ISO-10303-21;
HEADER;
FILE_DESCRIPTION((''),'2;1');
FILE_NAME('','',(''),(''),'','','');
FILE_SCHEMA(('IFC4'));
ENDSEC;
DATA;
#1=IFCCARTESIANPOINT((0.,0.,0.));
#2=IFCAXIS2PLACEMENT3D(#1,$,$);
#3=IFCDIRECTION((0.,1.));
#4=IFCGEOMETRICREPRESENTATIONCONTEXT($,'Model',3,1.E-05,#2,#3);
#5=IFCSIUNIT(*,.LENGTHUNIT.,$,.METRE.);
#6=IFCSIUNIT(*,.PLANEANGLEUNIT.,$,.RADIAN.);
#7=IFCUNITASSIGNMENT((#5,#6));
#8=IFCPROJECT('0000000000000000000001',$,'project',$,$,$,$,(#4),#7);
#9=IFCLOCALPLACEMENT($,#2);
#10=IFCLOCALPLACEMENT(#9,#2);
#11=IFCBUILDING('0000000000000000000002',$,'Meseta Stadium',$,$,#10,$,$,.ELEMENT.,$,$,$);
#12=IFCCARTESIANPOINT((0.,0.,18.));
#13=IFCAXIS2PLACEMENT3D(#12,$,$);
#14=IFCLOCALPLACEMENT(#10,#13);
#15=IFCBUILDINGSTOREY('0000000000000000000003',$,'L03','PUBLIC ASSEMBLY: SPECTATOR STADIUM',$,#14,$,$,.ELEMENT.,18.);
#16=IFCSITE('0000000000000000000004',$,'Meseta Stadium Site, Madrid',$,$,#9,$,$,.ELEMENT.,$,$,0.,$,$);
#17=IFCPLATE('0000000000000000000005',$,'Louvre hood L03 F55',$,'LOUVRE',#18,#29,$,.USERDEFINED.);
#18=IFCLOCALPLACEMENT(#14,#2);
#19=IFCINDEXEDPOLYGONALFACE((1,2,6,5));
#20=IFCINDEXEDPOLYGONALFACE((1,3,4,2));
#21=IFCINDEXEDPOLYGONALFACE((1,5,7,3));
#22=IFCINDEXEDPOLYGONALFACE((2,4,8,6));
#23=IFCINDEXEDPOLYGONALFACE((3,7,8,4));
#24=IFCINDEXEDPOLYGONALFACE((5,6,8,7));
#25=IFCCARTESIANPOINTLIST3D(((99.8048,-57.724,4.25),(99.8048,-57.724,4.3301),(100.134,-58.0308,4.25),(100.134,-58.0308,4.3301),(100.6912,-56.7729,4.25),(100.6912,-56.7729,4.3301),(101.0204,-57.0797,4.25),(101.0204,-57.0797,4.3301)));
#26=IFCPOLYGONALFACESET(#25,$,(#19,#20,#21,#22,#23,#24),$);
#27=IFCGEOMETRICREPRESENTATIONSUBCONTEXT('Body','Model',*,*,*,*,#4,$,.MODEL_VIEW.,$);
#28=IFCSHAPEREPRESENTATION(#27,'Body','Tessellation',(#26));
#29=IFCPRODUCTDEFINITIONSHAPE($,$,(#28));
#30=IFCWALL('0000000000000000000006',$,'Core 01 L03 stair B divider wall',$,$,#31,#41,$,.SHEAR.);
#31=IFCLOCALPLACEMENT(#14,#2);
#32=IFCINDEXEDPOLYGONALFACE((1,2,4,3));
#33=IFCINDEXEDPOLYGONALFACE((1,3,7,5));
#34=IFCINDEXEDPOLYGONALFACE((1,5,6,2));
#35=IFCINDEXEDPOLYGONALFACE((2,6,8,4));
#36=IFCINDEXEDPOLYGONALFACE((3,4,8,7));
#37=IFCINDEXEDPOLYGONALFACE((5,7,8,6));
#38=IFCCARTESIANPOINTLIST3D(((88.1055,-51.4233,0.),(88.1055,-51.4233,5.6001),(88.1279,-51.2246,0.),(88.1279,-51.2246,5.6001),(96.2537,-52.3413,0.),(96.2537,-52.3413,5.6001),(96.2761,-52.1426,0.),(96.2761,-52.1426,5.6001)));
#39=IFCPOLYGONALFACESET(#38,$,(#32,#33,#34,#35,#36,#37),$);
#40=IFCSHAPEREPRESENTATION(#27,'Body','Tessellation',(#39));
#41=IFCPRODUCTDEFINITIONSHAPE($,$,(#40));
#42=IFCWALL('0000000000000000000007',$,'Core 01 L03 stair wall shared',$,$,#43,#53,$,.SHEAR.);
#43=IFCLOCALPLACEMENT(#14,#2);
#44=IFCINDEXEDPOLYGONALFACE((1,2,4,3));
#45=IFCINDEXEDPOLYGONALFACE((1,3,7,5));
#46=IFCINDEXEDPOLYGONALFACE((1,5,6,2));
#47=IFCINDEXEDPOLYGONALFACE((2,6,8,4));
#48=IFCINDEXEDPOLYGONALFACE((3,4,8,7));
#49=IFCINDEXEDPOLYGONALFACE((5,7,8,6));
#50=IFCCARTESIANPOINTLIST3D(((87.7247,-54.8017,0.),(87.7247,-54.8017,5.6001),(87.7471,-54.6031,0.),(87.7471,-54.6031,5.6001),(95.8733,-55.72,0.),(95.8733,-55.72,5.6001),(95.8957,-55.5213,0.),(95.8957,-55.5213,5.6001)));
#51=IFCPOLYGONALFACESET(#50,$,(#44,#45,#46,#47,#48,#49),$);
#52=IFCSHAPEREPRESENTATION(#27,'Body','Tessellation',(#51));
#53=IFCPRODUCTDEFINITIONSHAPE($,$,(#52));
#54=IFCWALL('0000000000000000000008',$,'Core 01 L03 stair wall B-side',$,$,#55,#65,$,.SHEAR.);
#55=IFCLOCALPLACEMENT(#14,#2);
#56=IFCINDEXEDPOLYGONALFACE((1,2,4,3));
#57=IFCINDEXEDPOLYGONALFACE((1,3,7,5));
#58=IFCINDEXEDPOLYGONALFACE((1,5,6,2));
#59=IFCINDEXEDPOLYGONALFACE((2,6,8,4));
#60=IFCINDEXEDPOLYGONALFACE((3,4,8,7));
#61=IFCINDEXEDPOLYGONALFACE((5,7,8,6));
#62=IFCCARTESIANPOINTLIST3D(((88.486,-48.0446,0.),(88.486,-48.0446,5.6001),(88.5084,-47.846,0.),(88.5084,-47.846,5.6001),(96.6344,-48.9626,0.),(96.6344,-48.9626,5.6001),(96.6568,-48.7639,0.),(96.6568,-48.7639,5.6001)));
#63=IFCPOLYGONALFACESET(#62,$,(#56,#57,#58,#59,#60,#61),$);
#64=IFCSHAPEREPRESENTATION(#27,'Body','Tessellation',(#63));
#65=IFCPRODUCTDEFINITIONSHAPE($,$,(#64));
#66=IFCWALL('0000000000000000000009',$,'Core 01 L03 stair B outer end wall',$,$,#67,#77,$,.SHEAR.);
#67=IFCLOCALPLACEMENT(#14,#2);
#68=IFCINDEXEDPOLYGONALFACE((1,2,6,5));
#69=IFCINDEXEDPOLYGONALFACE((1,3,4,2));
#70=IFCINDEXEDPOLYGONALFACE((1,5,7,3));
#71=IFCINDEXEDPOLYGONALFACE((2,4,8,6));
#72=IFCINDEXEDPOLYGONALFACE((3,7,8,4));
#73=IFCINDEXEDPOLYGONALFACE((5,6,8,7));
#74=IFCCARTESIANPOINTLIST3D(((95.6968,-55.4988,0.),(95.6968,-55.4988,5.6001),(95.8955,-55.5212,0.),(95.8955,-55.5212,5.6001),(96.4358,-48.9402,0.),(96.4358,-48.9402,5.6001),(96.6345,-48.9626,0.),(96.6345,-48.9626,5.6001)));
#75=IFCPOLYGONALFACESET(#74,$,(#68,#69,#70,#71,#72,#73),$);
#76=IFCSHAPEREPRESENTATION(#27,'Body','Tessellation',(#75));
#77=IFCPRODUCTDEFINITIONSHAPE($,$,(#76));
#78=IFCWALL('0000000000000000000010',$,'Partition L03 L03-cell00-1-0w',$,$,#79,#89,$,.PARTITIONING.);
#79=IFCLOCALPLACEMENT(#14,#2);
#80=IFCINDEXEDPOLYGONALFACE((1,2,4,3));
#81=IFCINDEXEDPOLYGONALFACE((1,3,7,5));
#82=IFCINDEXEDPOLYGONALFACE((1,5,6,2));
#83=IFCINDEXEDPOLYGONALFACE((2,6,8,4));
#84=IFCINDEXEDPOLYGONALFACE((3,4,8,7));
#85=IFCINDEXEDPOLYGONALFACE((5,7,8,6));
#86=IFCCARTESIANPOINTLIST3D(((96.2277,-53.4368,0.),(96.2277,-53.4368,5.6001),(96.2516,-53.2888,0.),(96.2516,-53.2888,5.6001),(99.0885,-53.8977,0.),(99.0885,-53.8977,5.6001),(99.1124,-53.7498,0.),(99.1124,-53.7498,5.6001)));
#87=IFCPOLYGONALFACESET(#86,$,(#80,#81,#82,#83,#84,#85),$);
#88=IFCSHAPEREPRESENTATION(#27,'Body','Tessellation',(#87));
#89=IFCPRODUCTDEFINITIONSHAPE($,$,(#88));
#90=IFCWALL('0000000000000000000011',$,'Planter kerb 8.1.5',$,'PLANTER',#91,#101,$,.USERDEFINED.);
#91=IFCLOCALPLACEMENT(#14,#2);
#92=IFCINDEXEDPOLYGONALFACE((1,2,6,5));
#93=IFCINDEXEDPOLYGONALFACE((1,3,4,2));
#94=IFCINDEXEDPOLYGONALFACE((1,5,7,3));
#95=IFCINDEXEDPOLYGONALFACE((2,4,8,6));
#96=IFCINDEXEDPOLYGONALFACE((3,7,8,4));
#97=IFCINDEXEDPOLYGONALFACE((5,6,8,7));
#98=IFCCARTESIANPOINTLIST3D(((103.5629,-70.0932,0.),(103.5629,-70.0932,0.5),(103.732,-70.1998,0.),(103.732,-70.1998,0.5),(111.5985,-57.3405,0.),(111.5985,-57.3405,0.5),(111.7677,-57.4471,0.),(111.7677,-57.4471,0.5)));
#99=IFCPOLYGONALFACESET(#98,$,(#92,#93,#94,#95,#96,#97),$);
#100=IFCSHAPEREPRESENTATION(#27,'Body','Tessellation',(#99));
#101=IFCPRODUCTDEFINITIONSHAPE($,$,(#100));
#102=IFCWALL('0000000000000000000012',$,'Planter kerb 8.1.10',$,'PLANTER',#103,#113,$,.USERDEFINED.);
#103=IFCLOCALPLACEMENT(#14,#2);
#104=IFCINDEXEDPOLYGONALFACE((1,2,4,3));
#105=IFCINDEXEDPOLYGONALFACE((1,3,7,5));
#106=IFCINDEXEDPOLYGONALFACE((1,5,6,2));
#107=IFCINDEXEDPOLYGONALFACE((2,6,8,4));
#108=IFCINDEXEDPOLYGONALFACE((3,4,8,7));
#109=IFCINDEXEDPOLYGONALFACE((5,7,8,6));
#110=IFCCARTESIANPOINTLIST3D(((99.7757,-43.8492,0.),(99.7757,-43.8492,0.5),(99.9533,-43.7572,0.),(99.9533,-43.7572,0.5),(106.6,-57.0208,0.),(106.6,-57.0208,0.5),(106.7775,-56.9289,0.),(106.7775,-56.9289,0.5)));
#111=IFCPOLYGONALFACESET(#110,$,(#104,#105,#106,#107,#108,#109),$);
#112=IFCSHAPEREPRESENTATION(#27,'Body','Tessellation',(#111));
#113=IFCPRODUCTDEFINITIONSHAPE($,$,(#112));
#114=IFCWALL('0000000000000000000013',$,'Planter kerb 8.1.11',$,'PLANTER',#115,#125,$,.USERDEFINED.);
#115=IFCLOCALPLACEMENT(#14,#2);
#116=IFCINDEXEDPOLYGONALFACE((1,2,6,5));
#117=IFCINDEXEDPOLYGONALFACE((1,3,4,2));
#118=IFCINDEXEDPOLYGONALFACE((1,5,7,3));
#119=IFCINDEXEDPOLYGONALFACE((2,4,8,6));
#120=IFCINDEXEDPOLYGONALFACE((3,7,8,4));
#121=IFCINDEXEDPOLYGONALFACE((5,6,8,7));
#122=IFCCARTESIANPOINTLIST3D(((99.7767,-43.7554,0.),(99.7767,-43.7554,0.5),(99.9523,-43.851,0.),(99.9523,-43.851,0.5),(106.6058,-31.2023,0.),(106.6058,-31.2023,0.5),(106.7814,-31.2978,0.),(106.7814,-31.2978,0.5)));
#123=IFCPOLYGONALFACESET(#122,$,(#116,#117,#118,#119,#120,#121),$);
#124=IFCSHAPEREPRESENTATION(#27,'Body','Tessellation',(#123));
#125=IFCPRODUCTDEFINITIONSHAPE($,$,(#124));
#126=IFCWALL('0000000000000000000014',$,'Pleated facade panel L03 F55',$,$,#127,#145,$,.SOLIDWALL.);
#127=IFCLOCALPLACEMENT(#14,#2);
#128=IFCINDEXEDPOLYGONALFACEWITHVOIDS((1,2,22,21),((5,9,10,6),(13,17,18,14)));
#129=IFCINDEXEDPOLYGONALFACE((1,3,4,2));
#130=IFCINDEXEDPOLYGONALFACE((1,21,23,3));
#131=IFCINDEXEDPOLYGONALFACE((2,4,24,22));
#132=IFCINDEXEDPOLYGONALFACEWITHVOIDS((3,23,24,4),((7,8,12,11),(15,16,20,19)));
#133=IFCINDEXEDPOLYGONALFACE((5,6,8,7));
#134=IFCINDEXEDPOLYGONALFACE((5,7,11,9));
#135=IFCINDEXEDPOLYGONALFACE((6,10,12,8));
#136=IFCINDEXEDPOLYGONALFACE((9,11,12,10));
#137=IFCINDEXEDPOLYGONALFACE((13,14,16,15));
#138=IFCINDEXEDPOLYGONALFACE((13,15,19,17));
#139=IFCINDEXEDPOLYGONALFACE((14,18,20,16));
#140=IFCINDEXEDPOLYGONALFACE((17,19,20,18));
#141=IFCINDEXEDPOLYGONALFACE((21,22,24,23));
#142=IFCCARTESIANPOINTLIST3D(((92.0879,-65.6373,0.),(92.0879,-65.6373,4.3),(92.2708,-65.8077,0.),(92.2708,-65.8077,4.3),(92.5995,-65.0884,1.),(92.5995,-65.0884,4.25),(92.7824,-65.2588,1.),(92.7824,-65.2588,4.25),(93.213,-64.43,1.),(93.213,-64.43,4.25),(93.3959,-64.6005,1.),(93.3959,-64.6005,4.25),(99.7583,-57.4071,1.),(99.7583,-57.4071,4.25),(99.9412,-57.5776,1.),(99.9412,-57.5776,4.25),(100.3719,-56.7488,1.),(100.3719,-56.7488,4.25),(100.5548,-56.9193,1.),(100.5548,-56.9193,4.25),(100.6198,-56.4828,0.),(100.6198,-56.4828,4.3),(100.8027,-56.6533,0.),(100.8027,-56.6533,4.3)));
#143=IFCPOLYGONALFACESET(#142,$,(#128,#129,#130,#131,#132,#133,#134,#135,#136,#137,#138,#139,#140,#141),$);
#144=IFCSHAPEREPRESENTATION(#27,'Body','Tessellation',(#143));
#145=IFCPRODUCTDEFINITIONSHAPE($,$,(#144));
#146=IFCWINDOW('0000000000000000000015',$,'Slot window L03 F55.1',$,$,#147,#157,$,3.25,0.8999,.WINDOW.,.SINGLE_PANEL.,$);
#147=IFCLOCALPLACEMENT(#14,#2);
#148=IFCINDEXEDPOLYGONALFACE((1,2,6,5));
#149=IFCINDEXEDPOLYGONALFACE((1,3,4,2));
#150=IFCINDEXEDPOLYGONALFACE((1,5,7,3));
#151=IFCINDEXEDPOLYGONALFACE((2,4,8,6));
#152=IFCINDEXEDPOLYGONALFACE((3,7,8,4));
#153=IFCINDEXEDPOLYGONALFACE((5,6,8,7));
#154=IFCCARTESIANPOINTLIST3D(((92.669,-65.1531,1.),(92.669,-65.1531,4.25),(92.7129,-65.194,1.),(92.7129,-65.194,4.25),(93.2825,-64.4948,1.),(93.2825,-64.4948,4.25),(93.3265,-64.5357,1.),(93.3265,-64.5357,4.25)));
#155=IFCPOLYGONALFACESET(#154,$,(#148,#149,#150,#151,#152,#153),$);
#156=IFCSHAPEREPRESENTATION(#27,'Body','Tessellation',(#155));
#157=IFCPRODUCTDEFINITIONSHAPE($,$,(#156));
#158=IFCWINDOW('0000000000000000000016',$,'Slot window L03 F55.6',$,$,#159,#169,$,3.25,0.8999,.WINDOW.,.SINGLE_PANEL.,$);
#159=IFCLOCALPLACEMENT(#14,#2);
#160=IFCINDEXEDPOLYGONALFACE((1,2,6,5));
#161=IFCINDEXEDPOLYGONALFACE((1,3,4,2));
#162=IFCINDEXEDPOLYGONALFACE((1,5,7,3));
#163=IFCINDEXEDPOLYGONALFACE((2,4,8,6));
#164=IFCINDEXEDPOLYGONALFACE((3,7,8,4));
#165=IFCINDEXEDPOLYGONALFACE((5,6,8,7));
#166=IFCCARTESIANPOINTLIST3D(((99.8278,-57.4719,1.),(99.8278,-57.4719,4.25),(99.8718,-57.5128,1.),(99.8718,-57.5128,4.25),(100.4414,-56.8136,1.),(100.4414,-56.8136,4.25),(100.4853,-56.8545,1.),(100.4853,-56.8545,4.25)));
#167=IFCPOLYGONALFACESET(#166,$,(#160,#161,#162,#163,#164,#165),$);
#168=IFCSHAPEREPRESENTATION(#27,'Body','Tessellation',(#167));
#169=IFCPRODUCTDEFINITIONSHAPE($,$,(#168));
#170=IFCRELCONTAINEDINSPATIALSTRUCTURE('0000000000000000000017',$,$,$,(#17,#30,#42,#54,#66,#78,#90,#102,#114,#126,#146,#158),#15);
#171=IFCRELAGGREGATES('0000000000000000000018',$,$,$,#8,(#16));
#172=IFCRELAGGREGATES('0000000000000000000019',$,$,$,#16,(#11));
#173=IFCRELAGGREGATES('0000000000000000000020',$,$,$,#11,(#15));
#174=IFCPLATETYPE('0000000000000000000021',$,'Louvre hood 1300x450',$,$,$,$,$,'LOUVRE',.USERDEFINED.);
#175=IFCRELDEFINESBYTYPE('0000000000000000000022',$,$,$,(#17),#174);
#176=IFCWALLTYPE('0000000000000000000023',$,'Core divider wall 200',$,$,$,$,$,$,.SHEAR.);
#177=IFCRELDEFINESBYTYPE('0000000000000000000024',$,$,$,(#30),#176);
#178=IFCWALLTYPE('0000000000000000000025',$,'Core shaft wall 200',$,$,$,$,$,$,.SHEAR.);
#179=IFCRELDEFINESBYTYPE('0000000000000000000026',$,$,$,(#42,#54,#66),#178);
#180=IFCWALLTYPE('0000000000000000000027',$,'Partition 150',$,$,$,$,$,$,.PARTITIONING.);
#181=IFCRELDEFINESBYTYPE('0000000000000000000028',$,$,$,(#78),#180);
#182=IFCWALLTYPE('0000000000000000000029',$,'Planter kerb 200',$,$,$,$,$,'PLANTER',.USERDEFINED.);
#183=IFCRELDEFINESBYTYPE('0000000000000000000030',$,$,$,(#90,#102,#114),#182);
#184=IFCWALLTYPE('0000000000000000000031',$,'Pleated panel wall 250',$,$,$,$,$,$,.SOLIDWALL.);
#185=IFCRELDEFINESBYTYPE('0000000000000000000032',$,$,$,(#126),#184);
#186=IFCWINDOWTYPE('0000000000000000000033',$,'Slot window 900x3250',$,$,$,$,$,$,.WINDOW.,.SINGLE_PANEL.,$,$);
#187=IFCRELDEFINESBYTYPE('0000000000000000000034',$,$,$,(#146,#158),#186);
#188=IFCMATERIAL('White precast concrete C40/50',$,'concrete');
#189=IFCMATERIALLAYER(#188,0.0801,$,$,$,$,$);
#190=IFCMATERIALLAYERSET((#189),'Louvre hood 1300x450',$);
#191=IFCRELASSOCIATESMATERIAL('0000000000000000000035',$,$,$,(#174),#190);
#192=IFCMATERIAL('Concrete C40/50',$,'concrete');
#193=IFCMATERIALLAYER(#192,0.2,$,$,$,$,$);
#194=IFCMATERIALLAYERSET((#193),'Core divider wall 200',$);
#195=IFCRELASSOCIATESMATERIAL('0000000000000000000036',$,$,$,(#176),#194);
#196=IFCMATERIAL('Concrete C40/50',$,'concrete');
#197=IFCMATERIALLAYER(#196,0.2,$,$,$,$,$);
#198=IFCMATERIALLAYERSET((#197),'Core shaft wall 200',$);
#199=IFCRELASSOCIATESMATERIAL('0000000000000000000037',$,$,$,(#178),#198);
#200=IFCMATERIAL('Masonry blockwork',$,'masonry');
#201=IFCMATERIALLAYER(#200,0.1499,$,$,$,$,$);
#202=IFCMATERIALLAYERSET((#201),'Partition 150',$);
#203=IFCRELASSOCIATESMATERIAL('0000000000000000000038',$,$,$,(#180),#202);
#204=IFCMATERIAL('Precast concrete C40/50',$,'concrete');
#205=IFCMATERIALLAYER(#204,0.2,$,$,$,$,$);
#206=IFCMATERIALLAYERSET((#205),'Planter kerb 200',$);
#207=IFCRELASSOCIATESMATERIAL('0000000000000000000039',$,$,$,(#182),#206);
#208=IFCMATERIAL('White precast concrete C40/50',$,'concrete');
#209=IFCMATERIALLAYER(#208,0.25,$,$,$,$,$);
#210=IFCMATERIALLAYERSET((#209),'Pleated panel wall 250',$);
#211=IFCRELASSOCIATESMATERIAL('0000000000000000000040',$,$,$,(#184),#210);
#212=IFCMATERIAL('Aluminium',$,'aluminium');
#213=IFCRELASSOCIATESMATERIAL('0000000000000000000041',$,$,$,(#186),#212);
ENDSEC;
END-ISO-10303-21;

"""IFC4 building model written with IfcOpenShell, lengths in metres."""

from ifc_helpers import new_model, si_unit, direction, frame, frame_2d, origin, origin_2d, place, context, subcontext, project, spatial, rectangle, extrude, material, layer, layer_set, type_object, element, fill, save


model = new_model("IFC4")

# Units and contexts
model_context = context("Model", 3, precision=1e-05, world=origin(), true_north=direction((0.0, 1.0)))
body_context = subcontext(model_context, "Body", "Model", "MODEL_VIEW")
ifc_project = project(units=[si_unit("LENGTHUNIT", "METRE"), si_unit("PLANEANGLEUNIT", "RADIAN")], contexts=[model_context])

# Site, building, storey
site_placement = place(None, origin())
site = spatial("IfcSite", under=ifc_project, at=site_placement, Name="Meseta Stadium Site, Madrid", CompositionType="ELEMENT", RefElevation=0.0)
building_placement = place(site_placement, origin())
building = spatial("IfcBuilding", under=site, at=building_placement, Name="Meseta Stadium", CompositionType="ELEMENT")
storey_placement = place(building_placement, frame((0.0, 0.0, 18.0)))
storey = spatial("IfcBuildingStorey", under=building, at=storey_placement, Name="L03", Description="PUBLIC ASSEMBLY: SPECTATOR STADIUM", CompositionType="ELEMENT", Elevation=18.0)

# Plate
ifc_material_1 = material(Name="White precast concrete C40/50", Category="concrete")
ifc_layer_1 = layer(ifc_material_1, 0.0801)
ifc_layer_set_1 = layer_set([ifc_layer_1], Name="Louvre hood 1300x450")
plate_type = type_object("IfcPlateType", Name="Louvre hood 1300x450", ElementType="LOUVRE", PredefinedType="USERDEFINED", material=ifc_layer_set_1)
plate_placement = place(storey_placement, frame((100.4126, -57.4019, 4.25), z_axis=(0.0, 0.0, 1.0), x_axis=(0.681793, 0.731545, 0.0)))
element("IfcPlate", 1, at=plate_placement, inside=storey, type_object=plate_type, Name="Louvre hood L03 F55", ObjectType="LOUVRE", PredefinedType="USERDEFINED", context=body_context, shape_type="SweptSolid", body=[
    extrude(rectangle(XDim=1.3, YDim=0.45, at=origin_2d()), origin(), (0.0, 0.0, 1.0), 0.0801),
])

# Walls
ifc_material_2 = material(Name="Concrete C40/50", Category="concrete")
ifc_layer_2 = layer(ifc_material_2, 0.2)
ifc_layer_set_2 = layer_set([ifc_layer_2], Name="Core divider wall 200")
wall_type_1 = type_object("IfcWallType", Name="Core divider wall 200", PredefinedType="SHEAR", material=ifc_layer_set_2)
wall_1_placement = place(storey_placement, frame((96.2649, -52.2419, 0.0), z_axis=(0.0, 0.0, 1.0), x_axis=(-0.993714, 0.111951, 0.0)))
element("IfcWall", 2, at=wall_1_placement, inside=storey, type_object=wall_type_1, Name="Core 01 L03 stair B divider wall", PredefinedType="SHEAR", context=body_context, shape_type="SweptSolid", body=[
    extrude(rectangle(XDim=8.1997, YDim=0.2, at=frame_2d((4.0999, 0.0))), origin(), (0.0, 0.0, 1.0), 5.6001),
])
ifc_material_3 = material(Name="Concrete C40/50", Category="concrete")
ifc_layer_3 = layer(ifc_material_3, 0.2)
ifc_layer_set_3 = layer_set([ifc_layer_3], Name="Core shaft wall 200")
wall_type_2 = type_object("IfcWallType", Name="Core shaft wall 200", PredefinedType="SHEAR", material=ifc_layer_set_3)
wall_2_placement = place(storey_placement, frame((95.8845, -55.6206, 0.0), z_axis=(0.0, 0.0, 1.0), x_axis=(-0.993711, 0.111974, 0.0)))
element("IfcWall", 3, at=wall_2_placement, inside=storey, type_object=wall_type_2, Name="Core 01 L03 stair wall shared", PredefinedType="SHEAR", context=body_context, shape_type="SweptSolid", body=[
    extrude(rectangle(XDim=8.2002, YDim=0.2, at=frame_2d((4.1001, 0.0))), origin(), (0.0, 0.0, 1.0), 5.6001),
])
wall_3_placement = place(storey_placement, frame((96.6458, -48.8633, 0.0), z_axis=(0.0, 0.0, 1.0), x_axis=(-0.993714, 0.111948, 0.0)))
element("IfcWall", 4, at=wall_3_placement, inside=storey, type_object=wall_type_2, Name="Core 01 L03 stair wall B-side", PredefinedType="SHEAR", context=body_context, shape_type="SweptSolid", body=[
    extrude(rectangle(XDim=8.2, YDim=0.2, at=frame_2d((4.1001, 0.0))), origin(), (0.0, 0.0, 1.0), 5.6001),
])
wall_4_placement = place(storey_placement, frame((95.7961, -55.51, 0.0), z_axis=(0.0, 0.0, 1.0), x_axis=(0.11197, 0.993712, 0.0)))
element("IfcWall", 5, at=wall_4_placement, inside=storey, type_object=wall_type_2, Name="Core 01 L03 stair B outer end wall", PredefinedType="SHEAR", context=body_context, shape_type="SweptSolid", body=[
    extrude(rectangle(XDim=6.6001, YDim=0.2, at=frame_2d((3.3, 0.0))), origin(), (0.0, 0.0, 1.0), 5.6001),
])
ifc_material_4 = material(Name="Masonry blockwork", Category="masonry")
ifc_layer_4 = layer(ifc_material_4, 0.1499)
ifc_layer_set_4 = layer_set([ifc_layer_4], Name="Partition 150")
wall_type_3 = type_object("IfcWallType", Name="Partition 150", PredefinedType="PARTITIONING", material=ifc_layer_set_4)
wall_5_placement = place(storey_placement, frame((99.1003, -53.8237, 0.0), z_axis=(0.0, 0.0, 1.0), x_axis=(-0.987268, 0.159068, 0.0)))
element("IfcWall", 6, at=wall_5_placement, inside=storey, type_object=wall_type_3, Name="Partition L03 L03-cell00-1-0w", PredefinedType="PARTITIONING", context=body_context, shape_type="SweptSolid", body=[
    extrude(rectangle(XDim=2.8977, YDim=0.1499, at=frame_2d((1.4487, 0.0))), origin(), (0.0, 0.0, 1.0), 5.6001),
])
ifc_material_5 = material(Name="Precast concrete C40/50", Category="concrete")
ifc_layer_5 = layer(ifc_material_5, 0.2)
ifc_layer_set_5 = layer_set([ifc_layer_5], Name="Planter kerb 200")
wall_type_4 = type_object("IfcWallType", Name="Planter kerb 200", ElementType="PLANTER", PredefinedType="USERDEFINED", material=ifc_layer_set_5)
wall_6_placement = place(storey_placement, frame((111.6831, -57.3938, 0.0), z_axis=(0.0, 0.0, 1.0), x_axis=(-0.533107, -0.846048, 0.0)))
element("IfcWall", 7, at=wall_6_placement, inside=storey, type_object=wall_type_4, Name="Planter kerb 8.1.5", ObjectType="PLANTER", PredefinedType="USERDEFINED", context=body_context, shape_type="SweptSolid", body=[
    extrude(rectangle(XDim=15.0732, YDim=0.2, at=frame_2d((7.5366, 0.0))), origin(), (0.0, 0.0, 1.0), 0.5),
])
wall_7_placement = place(storey_placement, frame((106.6887, -56.9749, 0.0), z_axis=(0.0, 0.0, 1.0), x_axis=(-0.460024, 0.887906, 0.0)))
element("IfcWall", 8, at=wall_7_placement, inside=storey, type_object=wall_type_4, Name="Planter kerb 8.1.10", ObjectType="PLANTER", PredefinedType="USERDEFINED", context=body_context, shape_type="SweptSolid", body=[
    extrude(rectangle(XDim=14.8345, YDim=0.2, at=frame_2d((7.4172, 0.0))), origin(), (0.0, 0.0, 1.0), 0.5),
])
wall_8_placement = place(storey_placement, frame((99.8645, -43.8032, 0.0), z_axis=(0.0, 0.0, 1.0), x_axis=(0.477875, 0.878428, 0.0)))
element("IfcWall", 9, at=wall_8_placement, inside=storey, type_object=wall_type_4, Name="Planter kerb 8.1.11", ObjectType="PLANTER", PredefinedType="USERDEFINED", context=body_context, shape_type="SweptSolid", body=[
    extrude(rectangle(XDim=14.2905, YDim=0.2, at=frame_2d((7.1453, 0.0))), origin(), (0.0, 0.0, 1.0), 0.5),
])

# Wall, openings, windows
ifc_material_6 = material(Name="White precast concrete C40/50", Category="concrete")
ifc_layer_6 = layer(ifc_material_6, 0.25)
ifc_layer_set_6 = layer_set([ifc_layer_6], Name="Pleated panel wall 250")
wall_type_5 = type_object("IfcWallType", Name="Pleated panel wall 250", PredefinedType="SOLIDWALL", material=ifc_layer_set_6)
wall_9_placement = place(storey_placement, frame((100.7112, -56.5681, 0.0), z_axis=(0.0, 0.0, 1.0), x_axis=(-0.681795, -0.731544, 0.0)))
wall_9 = element("IfcWall", 10, at=wall_9_placement, inside=storey, type_object=wall_type_5, Name="Pleated facade panel L03 F55", PredefinedType="SOLIDWALL", context=body_context, shape_type="SweptSolid", body=[
    extrude(rectangle(XDim=12.5139, YDim=0.25, at=frame_2d((6.2568, 0.0))), origin(), (0.0, 0.0, 1.0), 4.3),
])
opening_1_placement = place(wall_9_placement, frame((10.8635, 0.0, 1.0)))
opening_1 = element("IfcOpeningElement", 11, at=opening_1_placement, cuts=wall_9, PredefinedType="OPENING", context=body_context, shape_type="SweptSolid", body=[
    extrude(rectangle(XDim=0.8999, YDim=3.25, at=frame_2d((0.45, 1.625))), frame((0.0, 0.135, 0.0), z_axis=(0.0, -1.0, 0.0), x_axis=(1.0, 0.0, 0.0)), (0.0, 0.0, 1.0), 0.27),
])
opening_2_placement = place(wall_9_placement, frame((0.3635, 0.0, 1.0)))
opening_2 = element("IfcOpeningElement", 12, at=opening_2_placement, cuts=wall_9, PredefinedType="OPENING", context=body_context, shape_type="SweptSolid", body=[
    extrude(rectangle(XDim=0.8999, YDim=3.25, at=frame_2d((0.45, 1.625))), frame((0.0, 0.135, 0.0), z_axis=(0.0, -1.0, 0.0), x_axis=(1.0, 0.0, 0.0)), (0.0, 0.0, 1.0), 0.27),
])
ifc_material_7 = material(Name="Aluminium", Category="aluminium")
window_type = type_object("IfcWindowType", Name="Slot window 900x3250", PartitioningType="SINGLE_PANEL", PredefinedType="WINDOW", material=ifc_material_7)
window_1_placement = place(opening_1_placement, origin())
window_1 = element("IfcWindow", 13, at=window_1_placement, inside=storey, type_object=window_type, Name="Slot window L03 F55.1", OverallHeight=3.25, OverallWidth=0.8999, PartitioningType="SINGLE_PANEL", PredefinedType="WINDOW", context=body_context, shape_type="SweptSolid", body=[
    extrude(rectangle(XDim=0.8999, YDim=3.25, at=frame_2d((0.45, 1.625))), frame((0.0, 0.03, 0.0), z_axis=(0.0, -1.0, 0.0), x_axis=(1.0, 0.0, 0.0)), (0.0, 0.0, 1.0), 0.0601),
])
fill(opening_1, window_1)
window_2_placement = place(opening_2_placement, origin())
window_2 = element("IfcWindow", 14, at=window_2_placement, inside=storey, type_object=window_type, Name="Slot window L03 F55.6", OverallHeight=3.25, OverallWidth=0.8999, PartitioningType="SINGLE_PANEL", PredefinedType="WINDOW", context=body_context, shape_type="SweptSolid", body=[
    extrude(rectangle(XDim=0.8999, YDim=3.25, at=frame_2d((0.45, 1.625))), frame((0.0, 0.03, 0.0), z_axis=(0.0, -1.0, 0.0), x_axis=(1.0, 0.0, 0.0)), (0.0, 0.0, 1.0), 0.0601),
])
fill(opening_2, window_2)

save(model, "model.ifc")
